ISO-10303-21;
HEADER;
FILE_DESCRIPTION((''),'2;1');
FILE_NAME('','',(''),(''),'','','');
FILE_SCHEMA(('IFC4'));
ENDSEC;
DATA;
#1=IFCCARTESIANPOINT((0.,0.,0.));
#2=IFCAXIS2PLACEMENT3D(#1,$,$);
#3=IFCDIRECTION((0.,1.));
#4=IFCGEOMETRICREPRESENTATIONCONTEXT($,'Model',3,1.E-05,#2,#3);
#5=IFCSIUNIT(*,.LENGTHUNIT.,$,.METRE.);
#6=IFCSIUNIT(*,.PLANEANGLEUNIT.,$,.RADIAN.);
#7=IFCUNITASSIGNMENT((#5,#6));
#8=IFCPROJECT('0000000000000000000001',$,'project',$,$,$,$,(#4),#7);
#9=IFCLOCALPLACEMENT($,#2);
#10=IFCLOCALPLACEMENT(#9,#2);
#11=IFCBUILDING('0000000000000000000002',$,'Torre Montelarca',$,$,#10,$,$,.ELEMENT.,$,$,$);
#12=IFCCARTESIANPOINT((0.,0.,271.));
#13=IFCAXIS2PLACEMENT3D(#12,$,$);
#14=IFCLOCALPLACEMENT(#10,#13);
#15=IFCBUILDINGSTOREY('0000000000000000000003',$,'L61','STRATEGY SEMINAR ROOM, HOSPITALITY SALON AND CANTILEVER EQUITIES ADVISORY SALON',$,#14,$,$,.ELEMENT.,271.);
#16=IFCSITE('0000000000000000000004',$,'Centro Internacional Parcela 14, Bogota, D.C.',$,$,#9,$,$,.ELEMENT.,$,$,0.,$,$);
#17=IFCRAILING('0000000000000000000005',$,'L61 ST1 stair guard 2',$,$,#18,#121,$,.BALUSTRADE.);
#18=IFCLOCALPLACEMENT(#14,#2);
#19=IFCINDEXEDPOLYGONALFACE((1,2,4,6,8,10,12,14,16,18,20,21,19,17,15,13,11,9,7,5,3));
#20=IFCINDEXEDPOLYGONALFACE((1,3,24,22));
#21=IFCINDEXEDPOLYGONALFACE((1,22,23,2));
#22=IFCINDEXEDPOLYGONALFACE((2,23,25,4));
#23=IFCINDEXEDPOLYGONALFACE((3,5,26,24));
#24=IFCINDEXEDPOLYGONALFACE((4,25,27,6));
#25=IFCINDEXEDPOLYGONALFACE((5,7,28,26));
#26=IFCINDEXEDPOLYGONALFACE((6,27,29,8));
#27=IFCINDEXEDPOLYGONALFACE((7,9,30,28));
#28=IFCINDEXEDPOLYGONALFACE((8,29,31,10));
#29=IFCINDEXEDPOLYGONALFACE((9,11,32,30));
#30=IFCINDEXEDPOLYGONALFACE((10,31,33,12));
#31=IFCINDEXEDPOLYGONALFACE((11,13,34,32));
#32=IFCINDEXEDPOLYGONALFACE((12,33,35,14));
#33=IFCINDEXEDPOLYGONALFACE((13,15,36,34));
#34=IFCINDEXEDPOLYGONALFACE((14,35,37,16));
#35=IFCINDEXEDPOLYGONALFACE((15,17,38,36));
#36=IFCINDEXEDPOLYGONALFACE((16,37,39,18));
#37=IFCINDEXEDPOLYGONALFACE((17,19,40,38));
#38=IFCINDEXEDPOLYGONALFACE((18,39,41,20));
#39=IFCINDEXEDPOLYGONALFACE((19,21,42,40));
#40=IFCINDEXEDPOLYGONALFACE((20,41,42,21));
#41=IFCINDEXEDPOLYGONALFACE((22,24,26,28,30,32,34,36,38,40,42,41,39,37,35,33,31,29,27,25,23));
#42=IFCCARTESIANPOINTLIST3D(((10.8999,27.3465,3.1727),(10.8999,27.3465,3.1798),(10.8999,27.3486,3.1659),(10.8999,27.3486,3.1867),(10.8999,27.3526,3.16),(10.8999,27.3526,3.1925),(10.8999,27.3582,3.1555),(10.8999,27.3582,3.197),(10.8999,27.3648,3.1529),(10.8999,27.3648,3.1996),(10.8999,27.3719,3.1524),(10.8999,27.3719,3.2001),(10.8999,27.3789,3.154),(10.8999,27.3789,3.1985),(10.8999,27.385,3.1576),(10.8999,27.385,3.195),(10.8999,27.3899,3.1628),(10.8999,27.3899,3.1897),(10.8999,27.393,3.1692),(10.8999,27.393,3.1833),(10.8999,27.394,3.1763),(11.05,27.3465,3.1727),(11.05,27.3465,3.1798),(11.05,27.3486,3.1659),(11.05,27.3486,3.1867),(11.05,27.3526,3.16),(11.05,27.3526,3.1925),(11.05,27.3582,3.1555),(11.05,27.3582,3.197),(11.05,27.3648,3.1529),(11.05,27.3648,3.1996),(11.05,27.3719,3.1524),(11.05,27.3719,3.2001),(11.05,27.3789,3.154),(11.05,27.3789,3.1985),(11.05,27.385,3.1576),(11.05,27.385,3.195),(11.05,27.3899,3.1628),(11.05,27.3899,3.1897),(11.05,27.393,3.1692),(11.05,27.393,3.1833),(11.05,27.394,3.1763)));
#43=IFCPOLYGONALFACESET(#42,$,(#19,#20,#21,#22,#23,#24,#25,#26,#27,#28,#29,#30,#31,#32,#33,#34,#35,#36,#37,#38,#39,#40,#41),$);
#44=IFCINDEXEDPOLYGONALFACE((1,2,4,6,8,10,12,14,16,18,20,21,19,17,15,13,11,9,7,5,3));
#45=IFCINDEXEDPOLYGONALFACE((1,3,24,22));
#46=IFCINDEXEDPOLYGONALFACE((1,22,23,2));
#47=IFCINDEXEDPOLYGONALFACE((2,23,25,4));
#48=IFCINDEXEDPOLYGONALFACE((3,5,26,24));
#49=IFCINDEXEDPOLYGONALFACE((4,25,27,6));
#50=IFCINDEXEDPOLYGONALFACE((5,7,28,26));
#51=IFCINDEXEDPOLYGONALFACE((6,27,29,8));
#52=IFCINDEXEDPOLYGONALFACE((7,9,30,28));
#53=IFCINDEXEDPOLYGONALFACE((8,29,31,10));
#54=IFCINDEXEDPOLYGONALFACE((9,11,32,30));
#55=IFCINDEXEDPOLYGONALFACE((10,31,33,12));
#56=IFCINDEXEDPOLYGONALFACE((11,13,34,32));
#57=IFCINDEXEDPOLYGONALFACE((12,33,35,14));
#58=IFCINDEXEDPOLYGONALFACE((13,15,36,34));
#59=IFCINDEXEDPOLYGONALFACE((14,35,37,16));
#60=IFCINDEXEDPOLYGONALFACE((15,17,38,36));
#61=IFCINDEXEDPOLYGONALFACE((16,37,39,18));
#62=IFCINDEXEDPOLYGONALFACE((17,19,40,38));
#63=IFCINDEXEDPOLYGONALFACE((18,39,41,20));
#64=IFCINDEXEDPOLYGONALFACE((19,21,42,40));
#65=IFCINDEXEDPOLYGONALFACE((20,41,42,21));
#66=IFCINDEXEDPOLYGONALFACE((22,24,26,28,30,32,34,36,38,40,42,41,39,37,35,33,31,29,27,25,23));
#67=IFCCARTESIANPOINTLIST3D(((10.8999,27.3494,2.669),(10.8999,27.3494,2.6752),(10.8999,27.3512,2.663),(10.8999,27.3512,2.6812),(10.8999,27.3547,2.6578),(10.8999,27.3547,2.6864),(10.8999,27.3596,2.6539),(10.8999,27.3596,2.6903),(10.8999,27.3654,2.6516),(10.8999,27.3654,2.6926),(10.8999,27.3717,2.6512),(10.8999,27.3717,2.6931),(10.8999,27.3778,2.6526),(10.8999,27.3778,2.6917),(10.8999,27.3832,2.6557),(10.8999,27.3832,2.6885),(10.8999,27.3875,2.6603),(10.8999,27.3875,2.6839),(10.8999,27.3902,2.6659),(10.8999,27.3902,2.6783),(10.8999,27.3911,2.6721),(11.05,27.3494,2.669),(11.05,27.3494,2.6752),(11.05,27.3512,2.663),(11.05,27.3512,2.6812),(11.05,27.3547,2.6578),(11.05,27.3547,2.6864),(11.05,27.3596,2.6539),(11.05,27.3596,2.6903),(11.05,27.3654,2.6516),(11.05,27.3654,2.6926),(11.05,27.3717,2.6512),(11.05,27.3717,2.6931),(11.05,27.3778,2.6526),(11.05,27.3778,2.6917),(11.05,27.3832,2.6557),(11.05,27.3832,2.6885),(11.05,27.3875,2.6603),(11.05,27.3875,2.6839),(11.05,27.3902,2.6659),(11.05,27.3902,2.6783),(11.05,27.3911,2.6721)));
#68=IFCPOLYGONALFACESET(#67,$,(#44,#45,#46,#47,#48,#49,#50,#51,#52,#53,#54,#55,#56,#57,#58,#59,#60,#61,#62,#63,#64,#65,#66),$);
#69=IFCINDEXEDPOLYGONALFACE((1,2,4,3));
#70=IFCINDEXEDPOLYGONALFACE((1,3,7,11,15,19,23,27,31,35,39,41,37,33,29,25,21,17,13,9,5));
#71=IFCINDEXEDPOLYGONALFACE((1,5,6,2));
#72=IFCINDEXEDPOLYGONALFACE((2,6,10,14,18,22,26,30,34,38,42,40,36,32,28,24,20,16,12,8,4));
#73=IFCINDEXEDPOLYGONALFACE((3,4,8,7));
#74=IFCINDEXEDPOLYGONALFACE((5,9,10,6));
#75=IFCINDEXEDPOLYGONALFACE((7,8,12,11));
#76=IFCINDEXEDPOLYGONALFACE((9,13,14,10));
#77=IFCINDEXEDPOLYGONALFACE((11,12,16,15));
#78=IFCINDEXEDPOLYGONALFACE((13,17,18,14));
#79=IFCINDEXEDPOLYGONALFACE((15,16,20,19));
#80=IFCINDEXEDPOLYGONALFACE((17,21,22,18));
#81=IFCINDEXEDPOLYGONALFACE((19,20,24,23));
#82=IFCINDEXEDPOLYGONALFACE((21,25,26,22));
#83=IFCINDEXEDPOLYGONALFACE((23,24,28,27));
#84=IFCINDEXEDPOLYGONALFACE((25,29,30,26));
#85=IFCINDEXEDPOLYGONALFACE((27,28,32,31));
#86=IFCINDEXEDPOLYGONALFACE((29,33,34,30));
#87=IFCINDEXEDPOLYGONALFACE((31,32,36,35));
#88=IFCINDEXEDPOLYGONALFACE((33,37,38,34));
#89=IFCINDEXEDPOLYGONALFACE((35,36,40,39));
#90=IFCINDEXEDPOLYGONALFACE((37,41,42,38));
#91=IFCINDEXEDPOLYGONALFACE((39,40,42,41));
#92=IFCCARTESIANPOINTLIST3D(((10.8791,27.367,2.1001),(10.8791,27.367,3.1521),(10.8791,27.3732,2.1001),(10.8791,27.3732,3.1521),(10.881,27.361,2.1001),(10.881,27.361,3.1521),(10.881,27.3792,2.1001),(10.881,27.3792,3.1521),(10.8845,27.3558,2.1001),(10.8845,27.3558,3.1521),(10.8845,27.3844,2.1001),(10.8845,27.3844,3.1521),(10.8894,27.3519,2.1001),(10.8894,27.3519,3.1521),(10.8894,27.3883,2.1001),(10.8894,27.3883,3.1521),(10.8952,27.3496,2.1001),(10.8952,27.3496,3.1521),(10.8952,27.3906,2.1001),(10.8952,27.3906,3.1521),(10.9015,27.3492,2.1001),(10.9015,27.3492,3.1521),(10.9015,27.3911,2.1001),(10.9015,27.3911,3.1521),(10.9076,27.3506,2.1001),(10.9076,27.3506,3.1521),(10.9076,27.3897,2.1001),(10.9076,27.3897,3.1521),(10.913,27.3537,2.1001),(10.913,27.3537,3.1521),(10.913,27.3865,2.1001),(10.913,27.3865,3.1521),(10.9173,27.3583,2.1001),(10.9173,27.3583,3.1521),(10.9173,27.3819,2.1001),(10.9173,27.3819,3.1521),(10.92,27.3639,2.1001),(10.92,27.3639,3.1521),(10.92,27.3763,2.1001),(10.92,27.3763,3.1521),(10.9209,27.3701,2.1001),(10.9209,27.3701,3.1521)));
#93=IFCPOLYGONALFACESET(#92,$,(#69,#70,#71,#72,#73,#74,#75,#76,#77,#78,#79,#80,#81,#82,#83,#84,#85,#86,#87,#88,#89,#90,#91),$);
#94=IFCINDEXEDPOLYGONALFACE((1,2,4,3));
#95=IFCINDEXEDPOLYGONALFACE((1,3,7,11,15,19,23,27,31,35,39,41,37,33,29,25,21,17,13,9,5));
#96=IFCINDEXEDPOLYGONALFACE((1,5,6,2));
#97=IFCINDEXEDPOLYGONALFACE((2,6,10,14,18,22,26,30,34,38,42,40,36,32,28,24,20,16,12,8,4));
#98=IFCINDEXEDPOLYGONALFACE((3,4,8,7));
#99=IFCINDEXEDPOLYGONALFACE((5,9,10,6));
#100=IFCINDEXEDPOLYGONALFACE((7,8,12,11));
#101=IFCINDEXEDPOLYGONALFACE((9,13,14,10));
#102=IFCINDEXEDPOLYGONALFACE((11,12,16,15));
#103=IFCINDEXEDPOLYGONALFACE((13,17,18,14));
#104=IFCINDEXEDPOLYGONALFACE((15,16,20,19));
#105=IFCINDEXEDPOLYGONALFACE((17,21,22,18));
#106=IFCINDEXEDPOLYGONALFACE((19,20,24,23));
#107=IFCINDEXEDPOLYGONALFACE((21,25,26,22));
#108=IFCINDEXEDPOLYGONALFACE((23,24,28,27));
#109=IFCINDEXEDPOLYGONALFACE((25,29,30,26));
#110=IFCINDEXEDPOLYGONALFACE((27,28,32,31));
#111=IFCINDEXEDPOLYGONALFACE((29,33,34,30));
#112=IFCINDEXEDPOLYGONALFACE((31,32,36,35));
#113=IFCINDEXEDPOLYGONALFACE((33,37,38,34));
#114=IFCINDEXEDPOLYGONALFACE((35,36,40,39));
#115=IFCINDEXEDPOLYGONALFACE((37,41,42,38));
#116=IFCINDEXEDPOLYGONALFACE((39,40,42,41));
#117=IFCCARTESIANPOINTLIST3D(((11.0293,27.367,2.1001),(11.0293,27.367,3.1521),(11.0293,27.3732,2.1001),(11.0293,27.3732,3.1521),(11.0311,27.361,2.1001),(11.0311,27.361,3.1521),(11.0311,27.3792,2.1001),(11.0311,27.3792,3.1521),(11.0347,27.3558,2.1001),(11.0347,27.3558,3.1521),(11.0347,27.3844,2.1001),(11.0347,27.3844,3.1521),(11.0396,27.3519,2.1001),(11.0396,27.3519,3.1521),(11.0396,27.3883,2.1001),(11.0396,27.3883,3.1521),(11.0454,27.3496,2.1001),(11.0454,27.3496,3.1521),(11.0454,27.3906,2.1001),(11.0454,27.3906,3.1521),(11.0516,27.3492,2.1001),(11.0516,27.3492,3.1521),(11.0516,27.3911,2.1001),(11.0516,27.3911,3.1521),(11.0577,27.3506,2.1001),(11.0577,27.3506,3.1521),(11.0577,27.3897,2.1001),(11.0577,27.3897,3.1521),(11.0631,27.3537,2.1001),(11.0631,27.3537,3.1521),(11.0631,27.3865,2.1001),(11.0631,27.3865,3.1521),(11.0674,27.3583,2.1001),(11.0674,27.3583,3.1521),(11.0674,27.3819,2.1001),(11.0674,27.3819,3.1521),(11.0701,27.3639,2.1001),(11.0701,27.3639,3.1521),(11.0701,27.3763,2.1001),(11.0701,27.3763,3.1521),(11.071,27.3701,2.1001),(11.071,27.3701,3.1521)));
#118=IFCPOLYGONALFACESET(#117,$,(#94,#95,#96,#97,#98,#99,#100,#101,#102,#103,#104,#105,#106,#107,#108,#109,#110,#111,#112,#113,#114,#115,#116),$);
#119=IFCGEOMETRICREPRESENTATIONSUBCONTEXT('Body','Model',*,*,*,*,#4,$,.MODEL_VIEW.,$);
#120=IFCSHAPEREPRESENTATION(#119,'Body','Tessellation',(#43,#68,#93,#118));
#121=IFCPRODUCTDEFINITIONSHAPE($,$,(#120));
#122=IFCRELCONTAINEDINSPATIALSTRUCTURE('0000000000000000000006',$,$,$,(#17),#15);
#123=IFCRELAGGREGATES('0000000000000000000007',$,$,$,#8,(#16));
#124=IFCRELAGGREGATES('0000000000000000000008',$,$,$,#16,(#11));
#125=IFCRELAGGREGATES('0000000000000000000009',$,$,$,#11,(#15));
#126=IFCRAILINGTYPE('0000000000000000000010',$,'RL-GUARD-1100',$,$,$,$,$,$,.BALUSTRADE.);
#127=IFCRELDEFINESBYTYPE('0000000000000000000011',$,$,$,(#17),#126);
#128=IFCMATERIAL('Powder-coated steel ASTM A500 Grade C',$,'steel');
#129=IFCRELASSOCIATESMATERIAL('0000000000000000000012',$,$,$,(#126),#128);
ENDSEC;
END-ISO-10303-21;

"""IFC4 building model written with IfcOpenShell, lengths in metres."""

from ifc_helpers import new_model, si_unit, direction, frame, origin, origin_2d, place, context, subcontext, project, spatial, circle, extrude, material, type_object, element, save


model = new_model("IFC4")

# Units and contexts
model_context = context("Model", 3, precision=1e-05, world=origin(), true_north=direction((0.0, 1.0)))
body_context = subcontext(model_context, "Body", "Model", "MODEL_VIEW")
ifc_project = project(units=[si_unit("LENGTHUNIT", "METRE"), si_unit("PLANEANGLEUNIT", "RADIAN")], contexts=[model_context])

# Site, building, storey
site_placement = place(None, origin())
site = spatial("IfcSite", under=ifc_project, at=site_placement, Name="Centro Internacional Parcela 14, Bogota, D.C.", CompositionType="ELEMENT", RefElevation=0.0)
building_placement = place(site_placement, origin())
building = spatial("IfcBuilding", under=site, at=building_placement, Name="Torre Montelarca", CompositionType="ELEMENT")
storey_placement = place(building_placement, frame((0.0, 0.0, 271.0)))
storey = spatial("IfcBuildingStorey", under=building, at=storey_placement, Name="L61", Description="STRATEGY SEMINAR ROOM, HOSPITALITY SALON AND CANTILEVER EQUITIES ADVISORY SALON", CompositionType="ELEMENT", Elevation=271.0)

# Railing
ifc_material_1 = material(Name="Powder-coated steel ASTM A500 Grade C", Category="steel")
railing_type_1 = type_object("IfcRailingType", Name="RL-GUARD-1100", PredefinedType="BALUSTRADE", material=ifc_material_1)
railing_1_placement = place(storey_placement, frame((10.8999, 27.3701, 2.1001)))
element("IfcRailing", 1, at=railing_1_placement, inside=storey, type_object=railing_type_1, Name="L61 ST1 stair guard 2", PredefinedType="BALUSTRADE", context=body_context, shape_type="SweptSolid", body=[
    extrude(circle(Radius=0.0239, at=origin_2d()), frame((0.0, 0.0, 1.0762), z_axis=(1.0, 0.0, 0.0), x_axis=(0.0, 1.0, 0.0)), (0.0, 0.0, 1.0), 0.1501),
    extrude(circle(Radius=0.021, at=origin_2d()), frame((0.0, 0.0, 0.572), z_axis=(1.0, 0.0, 0.0), x_axis=(0.0, 1.0, 0.0)), (0.0, 0.0, 1.0), 0.1501),
    extrude(circle(Radius=0.021, at=origin_2d()), origin(), (0.0, 0.0, 1.0), 1.052),
    extrude(circle(Radius=0.021, at=origin_2d()), frame((0.1501, 0.0, 0.0)), (0.0, 0.0, 1.0), 1.052),
])

save(model, "model.ifc")
